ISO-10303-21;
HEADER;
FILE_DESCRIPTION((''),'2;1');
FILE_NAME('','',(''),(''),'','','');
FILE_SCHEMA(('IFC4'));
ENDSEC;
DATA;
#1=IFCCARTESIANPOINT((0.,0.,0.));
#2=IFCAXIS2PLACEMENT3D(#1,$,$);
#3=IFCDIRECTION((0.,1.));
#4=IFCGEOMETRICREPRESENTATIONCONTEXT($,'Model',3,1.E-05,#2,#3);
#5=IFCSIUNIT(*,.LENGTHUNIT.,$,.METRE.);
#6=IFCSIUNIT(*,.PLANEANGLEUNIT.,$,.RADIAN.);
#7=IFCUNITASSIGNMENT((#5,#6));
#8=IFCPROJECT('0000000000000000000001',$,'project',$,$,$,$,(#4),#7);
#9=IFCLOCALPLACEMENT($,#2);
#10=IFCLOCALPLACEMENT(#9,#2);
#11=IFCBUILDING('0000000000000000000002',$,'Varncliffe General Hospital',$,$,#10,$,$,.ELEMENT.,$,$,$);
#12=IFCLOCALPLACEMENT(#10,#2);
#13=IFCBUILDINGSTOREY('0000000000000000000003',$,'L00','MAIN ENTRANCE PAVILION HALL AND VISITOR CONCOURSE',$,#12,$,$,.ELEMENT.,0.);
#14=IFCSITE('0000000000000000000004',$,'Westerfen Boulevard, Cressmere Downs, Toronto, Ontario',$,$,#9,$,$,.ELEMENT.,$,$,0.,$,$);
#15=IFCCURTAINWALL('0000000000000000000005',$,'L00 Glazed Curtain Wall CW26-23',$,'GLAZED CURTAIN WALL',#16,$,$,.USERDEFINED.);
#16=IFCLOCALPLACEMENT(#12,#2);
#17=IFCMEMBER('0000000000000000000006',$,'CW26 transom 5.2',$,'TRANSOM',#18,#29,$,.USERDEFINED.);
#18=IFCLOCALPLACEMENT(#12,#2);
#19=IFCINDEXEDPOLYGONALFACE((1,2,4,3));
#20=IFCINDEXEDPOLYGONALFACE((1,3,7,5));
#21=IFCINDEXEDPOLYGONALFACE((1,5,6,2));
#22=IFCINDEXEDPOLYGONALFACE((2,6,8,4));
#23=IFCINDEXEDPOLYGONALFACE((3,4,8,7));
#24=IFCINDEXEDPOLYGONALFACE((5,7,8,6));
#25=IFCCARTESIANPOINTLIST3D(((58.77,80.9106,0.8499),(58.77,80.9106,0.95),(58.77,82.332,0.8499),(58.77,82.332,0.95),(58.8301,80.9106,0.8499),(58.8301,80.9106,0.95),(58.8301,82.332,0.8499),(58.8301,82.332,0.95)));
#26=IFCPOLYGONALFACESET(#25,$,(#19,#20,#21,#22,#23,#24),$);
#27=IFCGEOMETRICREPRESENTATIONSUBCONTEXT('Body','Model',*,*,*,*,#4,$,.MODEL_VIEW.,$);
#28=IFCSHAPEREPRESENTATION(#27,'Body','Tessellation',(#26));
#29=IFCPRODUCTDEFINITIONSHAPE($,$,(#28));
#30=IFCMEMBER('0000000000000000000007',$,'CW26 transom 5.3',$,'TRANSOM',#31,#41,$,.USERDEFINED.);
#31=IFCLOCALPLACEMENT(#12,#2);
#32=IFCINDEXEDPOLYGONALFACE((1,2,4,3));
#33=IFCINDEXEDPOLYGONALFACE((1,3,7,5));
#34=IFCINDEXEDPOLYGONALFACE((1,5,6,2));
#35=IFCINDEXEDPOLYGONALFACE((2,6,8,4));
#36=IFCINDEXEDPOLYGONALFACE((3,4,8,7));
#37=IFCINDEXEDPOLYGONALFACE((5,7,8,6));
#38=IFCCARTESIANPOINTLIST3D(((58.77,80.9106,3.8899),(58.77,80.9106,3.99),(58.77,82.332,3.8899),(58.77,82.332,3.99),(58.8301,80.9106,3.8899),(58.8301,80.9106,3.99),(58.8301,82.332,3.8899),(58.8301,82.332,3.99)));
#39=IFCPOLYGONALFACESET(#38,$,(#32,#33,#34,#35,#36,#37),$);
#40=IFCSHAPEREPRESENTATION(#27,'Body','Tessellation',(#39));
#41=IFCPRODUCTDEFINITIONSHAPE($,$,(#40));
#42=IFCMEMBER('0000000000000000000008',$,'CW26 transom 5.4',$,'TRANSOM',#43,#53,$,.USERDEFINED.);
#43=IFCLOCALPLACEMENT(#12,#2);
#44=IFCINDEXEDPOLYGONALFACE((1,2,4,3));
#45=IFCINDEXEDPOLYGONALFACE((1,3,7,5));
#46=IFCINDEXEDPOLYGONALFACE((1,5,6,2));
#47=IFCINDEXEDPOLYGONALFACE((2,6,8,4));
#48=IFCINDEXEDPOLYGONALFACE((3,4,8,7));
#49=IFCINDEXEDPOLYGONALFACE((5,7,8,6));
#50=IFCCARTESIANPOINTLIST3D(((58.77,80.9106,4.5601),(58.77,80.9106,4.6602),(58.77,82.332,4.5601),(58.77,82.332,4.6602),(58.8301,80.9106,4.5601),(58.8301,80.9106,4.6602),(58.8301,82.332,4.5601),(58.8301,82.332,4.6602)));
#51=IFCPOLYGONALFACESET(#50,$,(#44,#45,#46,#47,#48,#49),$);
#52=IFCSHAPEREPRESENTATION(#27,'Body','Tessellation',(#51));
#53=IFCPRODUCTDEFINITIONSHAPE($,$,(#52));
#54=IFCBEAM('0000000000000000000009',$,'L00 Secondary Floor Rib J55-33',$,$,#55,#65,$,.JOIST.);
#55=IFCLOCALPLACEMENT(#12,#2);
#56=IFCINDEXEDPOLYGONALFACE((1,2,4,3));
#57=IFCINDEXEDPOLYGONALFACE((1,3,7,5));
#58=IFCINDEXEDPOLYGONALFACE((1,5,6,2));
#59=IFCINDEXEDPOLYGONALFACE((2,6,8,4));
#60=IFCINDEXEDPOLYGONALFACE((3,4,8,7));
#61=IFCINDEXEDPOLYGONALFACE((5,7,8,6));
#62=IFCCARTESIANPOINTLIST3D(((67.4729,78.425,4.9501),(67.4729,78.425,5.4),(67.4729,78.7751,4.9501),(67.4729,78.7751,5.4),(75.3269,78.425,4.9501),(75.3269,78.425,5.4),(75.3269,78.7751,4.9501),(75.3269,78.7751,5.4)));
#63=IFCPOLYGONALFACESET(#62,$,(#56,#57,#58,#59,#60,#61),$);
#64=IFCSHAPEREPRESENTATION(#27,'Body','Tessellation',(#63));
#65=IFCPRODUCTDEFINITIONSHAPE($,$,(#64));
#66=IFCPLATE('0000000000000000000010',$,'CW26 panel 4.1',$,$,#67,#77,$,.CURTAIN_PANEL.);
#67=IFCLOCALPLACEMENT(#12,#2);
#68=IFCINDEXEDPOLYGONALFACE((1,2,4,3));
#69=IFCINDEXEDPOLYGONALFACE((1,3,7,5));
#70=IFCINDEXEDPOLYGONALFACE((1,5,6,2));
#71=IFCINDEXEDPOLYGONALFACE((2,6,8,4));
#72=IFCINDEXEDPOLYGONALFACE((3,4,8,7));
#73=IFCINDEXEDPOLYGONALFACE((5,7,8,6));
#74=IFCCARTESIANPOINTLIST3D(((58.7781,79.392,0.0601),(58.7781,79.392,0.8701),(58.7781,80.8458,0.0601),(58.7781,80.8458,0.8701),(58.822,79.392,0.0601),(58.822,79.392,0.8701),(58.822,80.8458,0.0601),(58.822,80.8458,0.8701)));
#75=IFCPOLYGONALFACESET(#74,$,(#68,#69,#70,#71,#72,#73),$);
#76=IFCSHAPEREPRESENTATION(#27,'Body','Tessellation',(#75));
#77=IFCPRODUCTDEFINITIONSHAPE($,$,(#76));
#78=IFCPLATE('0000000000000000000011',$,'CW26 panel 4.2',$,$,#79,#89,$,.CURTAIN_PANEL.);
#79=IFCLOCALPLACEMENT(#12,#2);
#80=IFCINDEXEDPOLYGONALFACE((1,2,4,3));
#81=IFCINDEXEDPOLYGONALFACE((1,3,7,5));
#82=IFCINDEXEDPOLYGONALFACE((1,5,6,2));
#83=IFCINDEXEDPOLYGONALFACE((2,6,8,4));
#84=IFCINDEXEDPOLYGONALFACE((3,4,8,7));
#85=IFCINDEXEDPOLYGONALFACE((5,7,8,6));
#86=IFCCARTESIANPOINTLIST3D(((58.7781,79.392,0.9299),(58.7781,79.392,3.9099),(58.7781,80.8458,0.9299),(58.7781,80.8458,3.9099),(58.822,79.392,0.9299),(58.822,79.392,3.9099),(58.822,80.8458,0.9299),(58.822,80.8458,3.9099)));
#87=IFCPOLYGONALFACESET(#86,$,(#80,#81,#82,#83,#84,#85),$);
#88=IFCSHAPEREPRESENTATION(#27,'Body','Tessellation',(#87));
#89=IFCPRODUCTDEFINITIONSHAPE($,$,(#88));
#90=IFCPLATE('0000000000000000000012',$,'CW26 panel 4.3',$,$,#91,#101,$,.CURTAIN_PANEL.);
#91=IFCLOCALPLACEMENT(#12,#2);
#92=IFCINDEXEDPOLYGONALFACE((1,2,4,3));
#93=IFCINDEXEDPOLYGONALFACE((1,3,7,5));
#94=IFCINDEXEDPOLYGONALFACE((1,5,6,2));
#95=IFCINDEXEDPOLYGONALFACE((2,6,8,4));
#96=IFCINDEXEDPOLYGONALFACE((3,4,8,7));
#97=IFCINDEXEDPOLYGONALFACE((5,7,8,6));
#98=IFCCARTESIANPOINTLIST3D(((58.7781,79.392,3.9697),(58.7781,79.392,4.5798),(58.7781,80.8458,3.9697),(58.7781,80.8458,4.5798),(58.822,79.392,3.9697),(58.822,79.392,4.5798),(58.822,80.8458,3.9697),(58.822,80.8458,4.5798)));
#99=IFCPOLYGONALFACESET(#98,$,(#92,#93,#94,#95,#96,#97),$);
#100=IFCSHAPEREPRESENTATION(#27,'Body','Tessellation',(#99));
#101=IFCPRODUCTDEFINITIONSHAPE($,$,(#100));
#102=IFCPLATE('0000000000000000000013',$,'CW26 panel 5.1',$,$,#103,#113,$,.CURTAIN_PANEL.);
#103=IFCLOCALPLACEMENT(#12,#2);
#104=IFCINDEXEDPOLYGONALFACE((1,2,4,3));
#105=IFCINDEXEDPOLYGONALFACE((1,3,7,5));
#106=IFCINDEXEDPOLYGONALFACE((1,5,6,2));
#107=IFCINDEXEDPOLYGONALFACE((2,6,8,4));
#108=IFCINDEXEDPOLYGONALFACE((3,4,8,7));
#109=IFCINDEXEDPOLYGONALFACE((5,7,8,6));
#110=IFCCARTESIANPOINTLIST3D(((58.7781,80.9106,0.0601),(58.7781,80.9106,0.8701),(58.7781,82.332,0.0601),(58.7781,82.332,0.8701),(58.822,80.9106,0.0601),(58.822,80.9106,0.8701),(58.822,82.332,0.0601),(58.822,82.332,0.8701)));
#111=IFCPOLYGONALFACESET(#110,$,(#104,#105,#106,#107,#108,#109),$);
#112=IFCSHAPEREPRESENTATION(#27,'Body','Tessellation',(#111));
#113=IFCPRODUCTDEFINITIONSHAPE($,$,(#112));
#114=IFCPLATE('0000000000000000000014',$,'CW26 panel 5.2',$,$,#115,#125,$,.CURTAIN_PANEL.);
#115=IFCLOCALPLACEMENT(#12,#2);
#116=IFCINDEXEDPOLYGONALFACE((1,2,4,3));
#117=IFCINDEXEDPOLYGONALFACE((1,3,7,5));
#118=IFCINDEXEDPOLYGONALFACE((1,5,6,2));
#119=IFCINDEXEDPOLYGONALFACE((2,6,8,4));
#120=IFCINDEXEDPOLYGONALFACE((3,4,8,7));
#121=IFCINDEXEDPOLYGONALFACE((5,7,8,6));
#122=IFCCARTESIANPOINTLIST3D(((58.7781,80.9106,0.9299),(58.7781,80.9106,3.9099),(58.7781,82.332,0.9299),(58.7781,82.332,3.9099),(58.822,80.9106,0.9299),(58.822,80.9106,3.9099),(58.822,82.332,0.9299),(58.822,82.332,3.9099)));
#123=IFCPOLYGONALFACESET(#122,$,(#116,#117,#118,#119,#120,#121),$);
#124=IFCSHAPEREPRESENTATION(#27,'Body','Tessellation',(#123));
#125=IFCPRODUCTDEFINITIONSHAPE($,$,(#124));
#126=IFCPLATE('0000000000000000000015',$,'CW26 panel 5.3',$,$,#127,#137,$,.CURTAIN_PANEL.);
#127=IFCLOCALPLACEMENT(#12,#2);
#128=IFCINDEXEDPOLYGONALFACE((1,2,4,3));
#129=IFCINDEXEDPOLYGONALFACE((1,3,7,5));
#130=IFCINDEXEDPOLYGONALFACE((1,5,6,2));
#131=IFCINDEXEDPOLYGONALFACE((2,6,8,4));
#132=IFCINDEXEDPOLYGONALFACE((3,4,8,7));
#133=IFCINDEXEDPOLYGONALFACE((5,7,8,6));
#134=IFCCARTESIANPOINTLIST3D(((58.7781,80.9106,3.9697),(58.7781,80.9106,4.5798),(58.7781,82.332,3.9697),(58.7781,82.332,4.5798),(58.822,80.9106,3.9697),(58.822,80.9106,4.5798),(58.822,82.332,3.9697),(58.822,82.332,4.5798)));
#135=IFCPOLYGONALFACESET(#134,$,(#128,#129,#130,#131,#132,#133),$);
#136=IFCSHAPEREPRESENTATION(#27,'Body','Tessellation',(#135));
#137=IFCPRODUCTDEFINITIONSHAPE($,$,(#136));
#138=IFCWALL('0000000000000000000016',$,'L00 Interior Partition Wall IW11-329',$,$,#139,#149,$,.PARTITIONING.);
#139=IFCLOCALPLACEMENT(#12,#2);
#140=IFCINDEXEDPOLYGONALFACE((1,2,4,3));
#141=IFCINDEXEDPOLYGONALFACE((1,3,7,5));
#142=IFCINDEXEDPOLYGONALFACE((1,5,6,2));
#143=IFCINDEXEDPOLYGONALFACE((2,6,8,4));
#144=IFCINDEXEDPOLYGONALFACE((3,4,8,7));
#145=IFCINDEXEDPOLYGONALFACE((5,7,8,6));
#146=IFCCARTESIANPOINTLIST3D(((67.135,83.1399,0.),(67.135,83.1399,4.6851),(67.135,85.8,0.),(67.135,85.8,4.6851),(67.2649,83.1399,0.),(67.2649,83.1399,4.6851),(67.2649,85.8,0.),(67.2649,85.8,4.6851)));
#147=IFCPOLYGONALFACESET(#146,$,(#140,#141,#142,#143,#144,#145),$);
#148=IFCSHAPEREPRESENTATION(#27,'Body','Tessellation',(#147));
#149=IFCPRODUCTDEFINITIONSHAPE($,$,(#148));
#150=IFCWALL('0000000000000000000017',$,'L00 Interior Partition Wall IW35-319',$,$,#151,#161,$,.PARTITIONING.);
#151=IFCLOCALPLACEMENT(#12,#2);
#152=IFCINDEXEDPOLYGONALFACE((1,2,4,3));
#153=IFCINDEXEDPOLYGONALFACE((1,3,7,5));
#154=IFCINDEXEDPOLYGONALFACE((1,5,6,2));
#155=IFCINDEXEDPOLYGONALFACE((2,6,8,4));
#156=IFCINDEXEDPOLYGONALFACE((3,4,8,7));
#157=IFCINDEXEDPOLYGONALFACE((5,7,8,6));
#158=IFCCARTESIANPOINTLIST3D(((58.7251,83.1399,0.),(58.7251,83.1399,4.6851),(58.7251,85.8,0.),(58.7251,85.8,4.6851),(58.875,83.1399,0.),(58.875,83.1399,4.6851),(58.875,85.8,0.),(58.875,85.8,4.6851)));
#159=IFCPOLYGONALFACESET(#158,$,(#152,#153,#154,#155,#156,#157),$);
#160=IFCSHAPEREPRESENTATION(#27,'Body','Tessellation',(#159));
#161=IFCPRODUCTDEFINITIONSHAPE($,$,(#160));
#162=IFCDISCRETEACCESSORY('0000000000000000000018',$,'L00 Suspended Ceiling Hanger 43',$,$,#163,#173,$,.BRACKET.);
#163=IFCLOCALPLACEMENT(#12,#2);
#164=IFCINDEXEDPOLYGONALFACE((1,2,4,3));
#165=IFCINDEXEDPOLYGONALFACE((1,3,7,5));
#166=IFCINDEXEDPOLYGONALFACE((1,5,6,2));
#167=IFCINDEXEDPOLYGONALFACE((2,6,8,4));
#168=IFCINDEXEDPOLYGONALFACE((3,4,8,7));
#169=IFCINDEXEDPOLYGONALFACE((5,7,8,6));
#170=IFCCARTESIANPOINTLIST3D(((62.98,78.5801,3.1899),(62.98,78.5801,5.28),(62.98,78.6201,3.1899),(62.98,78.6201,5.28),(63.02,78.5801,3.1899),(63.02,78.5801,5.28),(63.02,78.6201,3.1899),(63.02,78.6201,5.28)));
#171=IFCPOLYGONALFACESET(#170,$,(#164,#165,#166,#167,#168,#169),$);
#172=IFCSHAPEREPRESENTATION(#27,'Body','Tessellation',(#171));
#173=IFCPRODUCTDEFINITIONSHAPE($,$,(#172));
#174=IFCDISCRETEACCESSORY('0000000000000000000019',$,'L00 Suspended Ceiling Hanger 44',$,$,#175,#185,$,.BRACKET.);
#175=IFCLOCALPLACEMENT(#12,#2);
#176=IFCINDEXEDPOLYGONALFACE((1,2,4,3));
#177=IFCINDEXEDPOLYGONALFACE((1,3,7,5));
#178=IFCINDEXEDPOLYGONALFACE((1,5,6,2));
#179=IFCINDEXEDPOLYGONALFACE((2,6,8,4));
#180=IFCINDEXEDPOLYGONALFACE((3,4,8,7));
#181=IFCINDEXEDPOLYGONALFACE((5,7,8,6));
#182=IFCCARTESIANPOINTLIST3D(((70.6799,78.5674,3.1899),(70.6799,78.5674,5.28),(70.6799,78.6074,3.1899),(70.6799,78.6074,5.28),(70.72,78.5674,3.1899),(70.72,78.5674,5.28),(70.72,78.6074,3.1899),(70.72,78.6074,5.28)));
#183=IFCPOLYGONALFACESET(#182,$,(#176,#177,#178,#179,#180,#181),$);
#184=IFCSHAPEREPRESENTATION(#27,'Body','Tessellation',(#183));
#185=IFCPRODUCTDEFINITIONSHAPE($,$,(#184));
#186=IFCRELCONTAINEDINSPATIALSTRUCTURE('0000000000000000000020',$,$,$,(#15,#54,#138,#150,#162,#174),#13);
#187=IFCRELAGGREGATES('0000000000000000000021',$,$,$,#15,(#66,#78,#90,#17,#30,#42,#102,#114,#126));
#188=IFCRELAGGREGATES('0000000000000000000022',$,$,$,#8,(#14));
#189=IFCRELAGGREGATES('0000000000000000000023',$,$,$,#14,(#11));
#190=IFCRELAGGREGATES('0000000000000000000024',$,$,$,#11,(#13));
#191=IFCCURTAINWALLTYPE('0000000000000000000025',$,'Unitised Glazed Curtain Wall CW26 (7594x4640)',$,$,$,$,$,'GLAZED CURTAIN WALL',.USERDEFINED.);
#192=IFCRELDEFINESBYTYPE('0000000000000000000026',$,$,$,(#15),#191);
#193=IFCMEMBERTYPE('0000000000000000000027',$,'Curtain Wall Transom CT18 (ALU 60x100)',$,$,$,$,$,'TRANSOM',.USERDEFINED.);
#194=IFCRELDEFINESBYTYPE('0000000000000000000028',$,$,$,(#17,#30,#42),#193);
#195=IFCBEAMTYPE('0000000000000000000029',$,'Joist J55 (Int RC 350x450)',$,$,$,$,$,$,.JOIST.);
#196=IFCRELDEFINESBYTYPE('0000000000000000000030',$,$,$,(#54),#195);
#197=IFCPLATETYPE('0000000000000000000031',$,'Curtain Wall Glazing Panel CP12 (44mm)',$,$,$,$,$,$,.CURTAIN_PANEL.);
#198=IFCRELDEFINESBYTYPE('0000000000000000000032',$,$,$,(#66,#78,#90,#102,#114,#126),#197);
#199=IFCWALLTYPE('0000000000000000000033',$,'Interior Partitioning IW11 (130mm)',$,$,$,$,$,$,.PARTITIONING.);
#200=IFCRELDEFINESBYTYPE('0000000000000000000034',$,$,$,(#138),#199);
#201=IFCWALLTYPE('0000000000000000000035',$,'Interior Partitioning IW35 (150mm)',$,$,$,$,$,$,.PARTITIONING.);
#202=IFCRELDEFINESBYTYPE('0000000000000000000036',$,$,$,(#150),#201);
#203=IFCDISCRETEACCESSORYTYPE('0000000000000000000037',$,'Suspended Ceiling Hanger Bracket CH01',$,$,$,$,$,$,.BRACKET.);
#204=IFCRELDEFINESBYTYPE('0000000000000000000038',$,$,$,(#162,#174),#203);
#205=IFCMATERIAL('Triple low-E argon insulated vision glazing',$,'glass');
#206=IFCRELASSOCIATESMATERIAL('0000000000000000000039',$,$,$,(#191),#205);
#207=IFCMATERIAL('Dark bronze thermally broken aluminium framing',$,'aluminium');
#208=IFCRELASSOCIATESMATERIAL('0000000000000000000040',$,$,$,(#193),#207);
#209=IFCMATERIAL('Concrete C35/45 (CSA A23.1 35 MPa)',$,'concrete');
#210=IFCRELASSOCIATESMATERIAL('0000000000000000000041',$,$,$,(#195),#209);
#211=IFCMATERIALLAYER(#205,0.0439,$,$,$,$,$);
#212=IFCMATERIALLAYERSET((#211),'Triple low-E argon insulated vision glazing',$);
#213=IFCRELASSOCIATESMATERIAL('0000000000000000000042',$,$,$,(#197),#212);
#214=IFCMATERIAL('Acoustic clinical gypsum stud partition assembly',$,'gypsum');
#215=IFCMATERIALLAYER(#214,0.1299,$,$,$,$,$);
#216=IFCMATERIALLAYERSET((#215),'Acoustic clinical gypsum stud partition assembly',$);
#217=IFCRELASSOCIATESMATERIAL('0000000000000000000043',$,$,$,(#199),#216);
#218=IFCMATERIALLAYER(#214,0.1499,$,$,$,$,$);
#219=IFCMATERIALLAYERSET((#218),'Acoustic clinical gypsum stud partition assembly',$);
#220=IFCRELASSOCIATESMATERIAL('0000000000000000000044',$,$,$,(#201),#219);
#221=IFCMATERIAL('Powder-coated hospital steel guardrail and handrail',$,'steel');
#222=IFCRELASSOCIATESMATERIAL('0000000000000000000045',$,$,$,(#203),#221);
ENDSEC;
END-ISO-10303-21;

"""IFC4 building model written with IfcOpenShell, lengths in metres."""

from ifc_helpers import new_model, si_unit, direction, frame, frame_2d, origin, origin_2d, place, context, subcontext, project, spatial, rectangle, extrude, material, layer, layer_set, material_profile, profile_set, type_object, element, aggregate, save


model = new_model("IFC4")

# Units and contexts
model_context = context("Model", 3, precision=1e-05, world=origin(), true_north=direction((0.0, 1.0)))
body_context = subcontext(model_context, "Body", "Model", "MODEL_VIEW")
ifc_project = project(units=[si_unit("LENGTHUNIT", "METRE"), si_unit("PLANEANGLEUNIT", "RADIAN")], contexts=[model_context])

# Site, building, storey
site_placement = place(None, origin())
site = spatial("IfcSite", under=ifc_project, at=site_placement, Name="Westerfen Boulevard, Cressmere Downs, Toronto, Ontario", CompositionType="ELEMENT", RefElevation=0.0)
building_placement = place(site_placement, origin())
building = spatial("IfcBuilding", under=site, at=building_placement, Name="Varncliffe General Hospital", CompositionType="ELEMENT")
storey_placement = place(building_placement, origin())
storey = spatial("IfcBuildingStorey", under=building, at=storey_placement, Name="L00", Description="MAIN ENTRANCE PAVILION HALL AND VISITOR CONCOURSE", CompositionType="ELEMENT", Elevation=0.0)

# Shared definitions
ifc_material_1 = material(Name="Concrete C35/45 (CSA A23.1 35 MPa)", Category="concrete")

# Curtain wall, members
ifc_material_2 = material(Name="Triple low-E argon insulated vision glazing", Category="glass")
curtain_wall_type = type_object("IfcCurtainWallType", Name="Unitised Glazed Curtain Wall CW26 (7594x4640)", ElementType="GLAZED CURTAIN WALL", PredefinedType="USERDEFINED", material=ifc_material_2)
curtain_wall_placement = place(storey_placement, origin())
curtain_wall = element("IfcCurtainWall", 1, at=curtain_wall_placement, inside=storey, type_object=curtain_wall_type, Name="L00 Glazed Curtain Wall CW26-23", ObjectType="GLAZED CURTAIN WALL", PredefinedType="USERDEFINED")
ifc_material_3 = material(Name="Dark bronze thermally broken aluminium framing", Category="aluminium")
ifc_material_profile_1 = material_profile(ifc_material_3, rectangle(XDim=0.0601, YDim=0.1001, at=origin_2d()), Name="ALU 60x100")
ifc_profile_set_1 = profile_set([ifc_material_profile_1], Name="Dark bronze thermally broken aluminium framing")
member_type_1 = type_object("IfcMemberType", Name="Curtain Wall Transom CT18 (ALU 60x100)", ElementType="TRANSOM", PredefinedType="USERDEFINED", material=ifc_profile_set_1)
member_1_placement = place(storey_placement, frame((58.8, 80.9106, 0.8999), z_axis=(0.0, 1.0, 0.0), x_axis=(-1.0, 0.0, 0.0)))
member_1 = element("IfcMember", 2, at=member_1_placement, type_object=member_type_1, Name="CW26 transom 5.2", ObjectType="TRANSOM", PredefinedType="USERDEFINED", context=body_context, shape_type="SweptSolid", body=[
    extrude(rectangle(XDim=0.0601, YDim=0.1001, at=origin_2d()), origin(), (0.0, 0.0, 1.0), 1.4214),
])
member_2_placement = place(storey_placement, frame((58.8, 80.9106, 3.9399), z_axis=(0.0, 1.0, 0.0), x_axis=(-1.0, 0.0, 0.0)))
member_2 = element("IfcMember", 3, at=member_2_placement, type_object=member_type_1, Name="CW26 transom 5.3", ObjectType="TRANSOM", PredefinedType="USERDEFINED", context=body_context, shape_type="SweptSolid", body=[
    extrude(rectangle(XDim=0.0601, YDim=0.1001, at=origin_2d()), origin(), (0.0, 0.0, 1.0), 1.4214),
])
member_3_placement = place(storey_placement, frame((58.8, 80.9106, 4.6101), z_axis=(0.0, 1.0, 0.0), x_axis=(-1.0, 0.0, 0.0)))
member_3 = element("IfcMember", 4, at=member_3_placement, type_object=member_type_1, Name="CW26 transom 5.4", ObjectType="TRANSOM", PredefinedType="USERDEFINED", context=body_context, shape_type="SweptSolid", body=[
    extrude(rectangle(XDim=0.0601, YDim=0.1001, at=origin_2d()), origin(), (0.0, 0.0, 1.0), 1.4214),
])

# Beam
ifc_material_profile_2 = material_profile(ifc_material_1, rectangle(XDim=0.3501, YDim=0.45, at=origin_2d()), Name="RC 350x450")
ifc_profile_set_2 = profile_set([ifc_material_profile_2], Name="Concrete C35/45 (CSA A23.1 35 MPa)")
beam_type_1 = type_object("IfcBeamType", Name="Joist J55 (Int RC 350x450)", PredefinedType="JOIST", material=ifc_profile_set_2)
beam_1_placement = place(storey_placement, frame((67.4729, 78.6001, 5.175), z_axis=(1.0, 0.0, 0.0), x_axis=(0.0, 1.0, 0.0)))
element("IfcBeam", 5, at=beam_1_placement, inside=storey, type_object=beam_type_1, Name="L00 Secondary Floor Rib J55-33", PredefinedType="JOIST", context=body_context, shape_type="SweptSolid", body=[
    extrude(rectangle(XDim=0.3501, YDim=0.45, at=origin_2d()), origin(), (0.0, 0.0, 1.0), 7.854),
])

# Plates
ifc_layer_1 = layer(ifc_material_2, 0.0439)
ifc_layer_set_1 = layer_set([ifc_layer_1], Name="Triple low-E argon insulated vision glazing")
plate_type = type_object("IfcPlateType", Name="Curtain Wall Glazing Panel CP12 (44mm)", PredefinedType="CURTAIN_PANEL", material=ifc_layer_set_1)
plate_1_placement = place(storey_placement, frame((58.8, 80.1189, 0.0601), z_axis=(0.0, 0.0, 1.0), x_axis=(0.0, 1.0, 0.0)))
plate_1 = element("IfcPlate", 6, at=plate_1_placement, type_object=plate_type, Name="CW26 panel 4.1", PredefinedType="CURTAIN_PANEL", context=body_context, shape_type="SweptSolid", body=[
    extrude(rectangle(XDim=1.4539, YDim=0.0439, at=origin_2d()), origin(), (0.0, 0.0, 1.0), 0.8101),
])
plate_2_placement = place(storey_placement, frame((58.8, 80.1189, 0.9299), z_axis=(0.0, 0.0, 1.0), x_axis=(0.0, 1.0, 0.0)))
plate_2 = element("IfcPlate", 7, at=plate_2_placement, type_object=plate_type, Name="CW26 panel 4.2", PredefinedType="CURTAIN_PANEL", context=body_context, shape_type="SweptSolid", body=[
    extrude(rectangle(XDim=1.4539, YDim=0.0439, at=origin_2d()), origin(), (0.0, 0.0, 1.0), 2.98),
])
plate_3_placement = place(storey_placement, frame((58.8, 80.1189, 3.9697), z_axis=(0.0, 0.0, 1.0), x_axis=(0.0, 1.0, 0.0)))
plate_3 = element("IfcPlate", 8, at=plate_3_placement, type_object=plate_type, Name="CW26 panel 4.3", PredefinedType="CURTAIN_PANEL", context=body_context, shape_type="SweptSolid", body=[
    extrude(rectangle(XDim=1.4539, YDim=0.0439, at=origin_2d()), origin(), (0.0, 0.0, 1.0), 0.6101),
])
plate_4_placement = place(storey_placement, frame((58.8, 81.6213, 0.0601), z_axis=(0.0, 0.0, 1.0), x_axis=(0.0, 1.0, 0.0)))
plate_4 = element("IfcPlate", 9, at=plate_4_placement, type_object=plate_type, Name="CW26 panel 5.1", PredefinedType="CURTAIN_PANEL", context=body_context, shape_type="SweptSolid", body=[
    extrude(rectangle(XDim=1.4214, YDim=0.0439, at=origin_2d()), origin(), (0.0, 0.0, 1.0), 0.8101),
])
plate_5_placement = place(storey_placement, frame((58.8, 81.6213, 0.9299), z_axis=(0.0, 0.0, 1.0), x_axis=(0.0, 1.0, 0.0)))
plate_5 = element("IfcPlate", 10, at=plate_5_placement, type_object=plate_type, Name="CW26 panel 5.2", PredefinedType="CURTAIN_PANEL", context=body_context, shape_type="SweptSolid", body=[
    extrude(rectangle(XDim=1.4214, YDim=0.0439, at=origin_2d()), origin(), (0.0, 0.0, 1.0), 2.98),
])
plate_6_placement = place(storey_placement, frame((58.8, 81.6213, 3.9697), z_axis=(0.0, 0.0, 1.0), x_axis=(0.0, 1.0, 0.0)))
plate_6 = element("IfcPlate", 11, at=plate_6_placement, type_object=plate_type, Name="CW26 panel 5.3", PredefinedType="CURTAIN_PANEL", context=body_context, shape_type="SweptSolid", body=[
    extrude(rectangle(XDim=1.4214, YDim=0.0439, at=origin_2d()), origin(), (0.0, 0.0, 1.0), 0.6101),
])
aggregate(curtain_wall, [plate_1, plate_2, plate_3, member_1, member_2, member_3, plate_4, plate_5, plate_6])

# Walls
ifc_material_4 = material(Name="Acoustic clinical gypsum stud partition assembly", Category="gypsum")
ifc_layer_2 = layer(ifc_material_4, 0.1299)
ifc_layer_set_2 = layer_set([ifc_layer_2], Name="Acoustic clinical gypsum stud partition assembly")
wall_type_1 = type_object("IfcWallType", Name="Interior Partitioning IW11 (130mm)", PredefinedType="PARTITIONING", material=ifc_layer_set_2)
wall_1_placement = place(storey_placement, frame((67.2, 83.1399, 0.0), z_axis=(0.0, 0.0, 1.0), x_axis=(0.0, 1.0, 0.0)))
element("IfcWall", 12, at=wall_1_placement, inside=storey, type_object=wall_type_1, Name="L00 Interior Partition Wall IW11-329", PredefinedType="PARTITIONING", context=body_context, shape_type="SweptSolid", body=[
    extrude(rectangle(XDim=2.6602, YDim=0.1299, at=frame_2d((1.3301, 0.0))), origin(), (0.0, 0.0, 1.0), 4.6851),
])
ifc_layer_3 = layer(ifc_material_4, 0.1499)
ifc_layer_set_3 = layer_set([ifc_layer_3], Name="Acoustic clinical gypsum stud partition assembly")
wall_type_2 = type_object("IfcWallType", Name="Interior Partitioning IW35 (150mm)", PredefinedType="PARTITIONING", material=ifc_layer_set_3)
wall_2_placement = place(storey_placement, frame((58.8, 83.1399, 0.0), z_axis=(0.0, 0.0, 1.0), x_axis=(0.0, 1.0, 0.0)))
element("IfcWall", 13, at=wall_2_placement, inside=storey, type_object=wall_type_2, Name="L00 Interior Partition Wall IW35-319", PredefinedType="PARTITIONING", context=body_context, shape_type="SweptSolid", body=[
    extrude(rectangle(XDim=2.6602, YDim=0.1499, at=frame_2d((1.3301, 0.0))), origin(), (0.0, 0.0, 1.0), 4.6851),
])

# Discrete accessories
ifc_material_5 = material(Name="Powder-coated hospital steel guardrail and handrail", Category="steel")
discrete_accessory_type = type_object("IfcDiscreteAccessoryType", Name="Suspended Ceiling Hanger Bracket CH01", PredefinedType="BRACKET", material=ifc_material_5)
for number, where, z_axis, x_axis, name in (
    (14, (63.0, 78.6001, 3.1899), (0.0, 0.0, 1.0), (1.0, 0.0, 0.0), "L00 Suspended Ceiling Hanger 43"),
    (15, (70.7, 78.5874, 3.1899), (0.0, 0.0, 1.0), (1.0, 0.0, 0.0), "L00 Suspended Ceiling Hanger 44"),
):
    element("IfcDiscreteAccessory", number, at=place(storey_placement, frame(where, z_axis=z_axis, x_axis=x_axis)), inside=storey, type_object=discrete_accessory_type, Name=name, PredefinedType="BRACKET", context=body_context, shape_type="SweptSolid", body=[
        extrude(rectangle(XDim=0.04, YDim=0.04, at=origin_2d()), origin(), (0.0, 0.0, 1.0), 2.0901),
    ])

save(model, "model.ifc")
